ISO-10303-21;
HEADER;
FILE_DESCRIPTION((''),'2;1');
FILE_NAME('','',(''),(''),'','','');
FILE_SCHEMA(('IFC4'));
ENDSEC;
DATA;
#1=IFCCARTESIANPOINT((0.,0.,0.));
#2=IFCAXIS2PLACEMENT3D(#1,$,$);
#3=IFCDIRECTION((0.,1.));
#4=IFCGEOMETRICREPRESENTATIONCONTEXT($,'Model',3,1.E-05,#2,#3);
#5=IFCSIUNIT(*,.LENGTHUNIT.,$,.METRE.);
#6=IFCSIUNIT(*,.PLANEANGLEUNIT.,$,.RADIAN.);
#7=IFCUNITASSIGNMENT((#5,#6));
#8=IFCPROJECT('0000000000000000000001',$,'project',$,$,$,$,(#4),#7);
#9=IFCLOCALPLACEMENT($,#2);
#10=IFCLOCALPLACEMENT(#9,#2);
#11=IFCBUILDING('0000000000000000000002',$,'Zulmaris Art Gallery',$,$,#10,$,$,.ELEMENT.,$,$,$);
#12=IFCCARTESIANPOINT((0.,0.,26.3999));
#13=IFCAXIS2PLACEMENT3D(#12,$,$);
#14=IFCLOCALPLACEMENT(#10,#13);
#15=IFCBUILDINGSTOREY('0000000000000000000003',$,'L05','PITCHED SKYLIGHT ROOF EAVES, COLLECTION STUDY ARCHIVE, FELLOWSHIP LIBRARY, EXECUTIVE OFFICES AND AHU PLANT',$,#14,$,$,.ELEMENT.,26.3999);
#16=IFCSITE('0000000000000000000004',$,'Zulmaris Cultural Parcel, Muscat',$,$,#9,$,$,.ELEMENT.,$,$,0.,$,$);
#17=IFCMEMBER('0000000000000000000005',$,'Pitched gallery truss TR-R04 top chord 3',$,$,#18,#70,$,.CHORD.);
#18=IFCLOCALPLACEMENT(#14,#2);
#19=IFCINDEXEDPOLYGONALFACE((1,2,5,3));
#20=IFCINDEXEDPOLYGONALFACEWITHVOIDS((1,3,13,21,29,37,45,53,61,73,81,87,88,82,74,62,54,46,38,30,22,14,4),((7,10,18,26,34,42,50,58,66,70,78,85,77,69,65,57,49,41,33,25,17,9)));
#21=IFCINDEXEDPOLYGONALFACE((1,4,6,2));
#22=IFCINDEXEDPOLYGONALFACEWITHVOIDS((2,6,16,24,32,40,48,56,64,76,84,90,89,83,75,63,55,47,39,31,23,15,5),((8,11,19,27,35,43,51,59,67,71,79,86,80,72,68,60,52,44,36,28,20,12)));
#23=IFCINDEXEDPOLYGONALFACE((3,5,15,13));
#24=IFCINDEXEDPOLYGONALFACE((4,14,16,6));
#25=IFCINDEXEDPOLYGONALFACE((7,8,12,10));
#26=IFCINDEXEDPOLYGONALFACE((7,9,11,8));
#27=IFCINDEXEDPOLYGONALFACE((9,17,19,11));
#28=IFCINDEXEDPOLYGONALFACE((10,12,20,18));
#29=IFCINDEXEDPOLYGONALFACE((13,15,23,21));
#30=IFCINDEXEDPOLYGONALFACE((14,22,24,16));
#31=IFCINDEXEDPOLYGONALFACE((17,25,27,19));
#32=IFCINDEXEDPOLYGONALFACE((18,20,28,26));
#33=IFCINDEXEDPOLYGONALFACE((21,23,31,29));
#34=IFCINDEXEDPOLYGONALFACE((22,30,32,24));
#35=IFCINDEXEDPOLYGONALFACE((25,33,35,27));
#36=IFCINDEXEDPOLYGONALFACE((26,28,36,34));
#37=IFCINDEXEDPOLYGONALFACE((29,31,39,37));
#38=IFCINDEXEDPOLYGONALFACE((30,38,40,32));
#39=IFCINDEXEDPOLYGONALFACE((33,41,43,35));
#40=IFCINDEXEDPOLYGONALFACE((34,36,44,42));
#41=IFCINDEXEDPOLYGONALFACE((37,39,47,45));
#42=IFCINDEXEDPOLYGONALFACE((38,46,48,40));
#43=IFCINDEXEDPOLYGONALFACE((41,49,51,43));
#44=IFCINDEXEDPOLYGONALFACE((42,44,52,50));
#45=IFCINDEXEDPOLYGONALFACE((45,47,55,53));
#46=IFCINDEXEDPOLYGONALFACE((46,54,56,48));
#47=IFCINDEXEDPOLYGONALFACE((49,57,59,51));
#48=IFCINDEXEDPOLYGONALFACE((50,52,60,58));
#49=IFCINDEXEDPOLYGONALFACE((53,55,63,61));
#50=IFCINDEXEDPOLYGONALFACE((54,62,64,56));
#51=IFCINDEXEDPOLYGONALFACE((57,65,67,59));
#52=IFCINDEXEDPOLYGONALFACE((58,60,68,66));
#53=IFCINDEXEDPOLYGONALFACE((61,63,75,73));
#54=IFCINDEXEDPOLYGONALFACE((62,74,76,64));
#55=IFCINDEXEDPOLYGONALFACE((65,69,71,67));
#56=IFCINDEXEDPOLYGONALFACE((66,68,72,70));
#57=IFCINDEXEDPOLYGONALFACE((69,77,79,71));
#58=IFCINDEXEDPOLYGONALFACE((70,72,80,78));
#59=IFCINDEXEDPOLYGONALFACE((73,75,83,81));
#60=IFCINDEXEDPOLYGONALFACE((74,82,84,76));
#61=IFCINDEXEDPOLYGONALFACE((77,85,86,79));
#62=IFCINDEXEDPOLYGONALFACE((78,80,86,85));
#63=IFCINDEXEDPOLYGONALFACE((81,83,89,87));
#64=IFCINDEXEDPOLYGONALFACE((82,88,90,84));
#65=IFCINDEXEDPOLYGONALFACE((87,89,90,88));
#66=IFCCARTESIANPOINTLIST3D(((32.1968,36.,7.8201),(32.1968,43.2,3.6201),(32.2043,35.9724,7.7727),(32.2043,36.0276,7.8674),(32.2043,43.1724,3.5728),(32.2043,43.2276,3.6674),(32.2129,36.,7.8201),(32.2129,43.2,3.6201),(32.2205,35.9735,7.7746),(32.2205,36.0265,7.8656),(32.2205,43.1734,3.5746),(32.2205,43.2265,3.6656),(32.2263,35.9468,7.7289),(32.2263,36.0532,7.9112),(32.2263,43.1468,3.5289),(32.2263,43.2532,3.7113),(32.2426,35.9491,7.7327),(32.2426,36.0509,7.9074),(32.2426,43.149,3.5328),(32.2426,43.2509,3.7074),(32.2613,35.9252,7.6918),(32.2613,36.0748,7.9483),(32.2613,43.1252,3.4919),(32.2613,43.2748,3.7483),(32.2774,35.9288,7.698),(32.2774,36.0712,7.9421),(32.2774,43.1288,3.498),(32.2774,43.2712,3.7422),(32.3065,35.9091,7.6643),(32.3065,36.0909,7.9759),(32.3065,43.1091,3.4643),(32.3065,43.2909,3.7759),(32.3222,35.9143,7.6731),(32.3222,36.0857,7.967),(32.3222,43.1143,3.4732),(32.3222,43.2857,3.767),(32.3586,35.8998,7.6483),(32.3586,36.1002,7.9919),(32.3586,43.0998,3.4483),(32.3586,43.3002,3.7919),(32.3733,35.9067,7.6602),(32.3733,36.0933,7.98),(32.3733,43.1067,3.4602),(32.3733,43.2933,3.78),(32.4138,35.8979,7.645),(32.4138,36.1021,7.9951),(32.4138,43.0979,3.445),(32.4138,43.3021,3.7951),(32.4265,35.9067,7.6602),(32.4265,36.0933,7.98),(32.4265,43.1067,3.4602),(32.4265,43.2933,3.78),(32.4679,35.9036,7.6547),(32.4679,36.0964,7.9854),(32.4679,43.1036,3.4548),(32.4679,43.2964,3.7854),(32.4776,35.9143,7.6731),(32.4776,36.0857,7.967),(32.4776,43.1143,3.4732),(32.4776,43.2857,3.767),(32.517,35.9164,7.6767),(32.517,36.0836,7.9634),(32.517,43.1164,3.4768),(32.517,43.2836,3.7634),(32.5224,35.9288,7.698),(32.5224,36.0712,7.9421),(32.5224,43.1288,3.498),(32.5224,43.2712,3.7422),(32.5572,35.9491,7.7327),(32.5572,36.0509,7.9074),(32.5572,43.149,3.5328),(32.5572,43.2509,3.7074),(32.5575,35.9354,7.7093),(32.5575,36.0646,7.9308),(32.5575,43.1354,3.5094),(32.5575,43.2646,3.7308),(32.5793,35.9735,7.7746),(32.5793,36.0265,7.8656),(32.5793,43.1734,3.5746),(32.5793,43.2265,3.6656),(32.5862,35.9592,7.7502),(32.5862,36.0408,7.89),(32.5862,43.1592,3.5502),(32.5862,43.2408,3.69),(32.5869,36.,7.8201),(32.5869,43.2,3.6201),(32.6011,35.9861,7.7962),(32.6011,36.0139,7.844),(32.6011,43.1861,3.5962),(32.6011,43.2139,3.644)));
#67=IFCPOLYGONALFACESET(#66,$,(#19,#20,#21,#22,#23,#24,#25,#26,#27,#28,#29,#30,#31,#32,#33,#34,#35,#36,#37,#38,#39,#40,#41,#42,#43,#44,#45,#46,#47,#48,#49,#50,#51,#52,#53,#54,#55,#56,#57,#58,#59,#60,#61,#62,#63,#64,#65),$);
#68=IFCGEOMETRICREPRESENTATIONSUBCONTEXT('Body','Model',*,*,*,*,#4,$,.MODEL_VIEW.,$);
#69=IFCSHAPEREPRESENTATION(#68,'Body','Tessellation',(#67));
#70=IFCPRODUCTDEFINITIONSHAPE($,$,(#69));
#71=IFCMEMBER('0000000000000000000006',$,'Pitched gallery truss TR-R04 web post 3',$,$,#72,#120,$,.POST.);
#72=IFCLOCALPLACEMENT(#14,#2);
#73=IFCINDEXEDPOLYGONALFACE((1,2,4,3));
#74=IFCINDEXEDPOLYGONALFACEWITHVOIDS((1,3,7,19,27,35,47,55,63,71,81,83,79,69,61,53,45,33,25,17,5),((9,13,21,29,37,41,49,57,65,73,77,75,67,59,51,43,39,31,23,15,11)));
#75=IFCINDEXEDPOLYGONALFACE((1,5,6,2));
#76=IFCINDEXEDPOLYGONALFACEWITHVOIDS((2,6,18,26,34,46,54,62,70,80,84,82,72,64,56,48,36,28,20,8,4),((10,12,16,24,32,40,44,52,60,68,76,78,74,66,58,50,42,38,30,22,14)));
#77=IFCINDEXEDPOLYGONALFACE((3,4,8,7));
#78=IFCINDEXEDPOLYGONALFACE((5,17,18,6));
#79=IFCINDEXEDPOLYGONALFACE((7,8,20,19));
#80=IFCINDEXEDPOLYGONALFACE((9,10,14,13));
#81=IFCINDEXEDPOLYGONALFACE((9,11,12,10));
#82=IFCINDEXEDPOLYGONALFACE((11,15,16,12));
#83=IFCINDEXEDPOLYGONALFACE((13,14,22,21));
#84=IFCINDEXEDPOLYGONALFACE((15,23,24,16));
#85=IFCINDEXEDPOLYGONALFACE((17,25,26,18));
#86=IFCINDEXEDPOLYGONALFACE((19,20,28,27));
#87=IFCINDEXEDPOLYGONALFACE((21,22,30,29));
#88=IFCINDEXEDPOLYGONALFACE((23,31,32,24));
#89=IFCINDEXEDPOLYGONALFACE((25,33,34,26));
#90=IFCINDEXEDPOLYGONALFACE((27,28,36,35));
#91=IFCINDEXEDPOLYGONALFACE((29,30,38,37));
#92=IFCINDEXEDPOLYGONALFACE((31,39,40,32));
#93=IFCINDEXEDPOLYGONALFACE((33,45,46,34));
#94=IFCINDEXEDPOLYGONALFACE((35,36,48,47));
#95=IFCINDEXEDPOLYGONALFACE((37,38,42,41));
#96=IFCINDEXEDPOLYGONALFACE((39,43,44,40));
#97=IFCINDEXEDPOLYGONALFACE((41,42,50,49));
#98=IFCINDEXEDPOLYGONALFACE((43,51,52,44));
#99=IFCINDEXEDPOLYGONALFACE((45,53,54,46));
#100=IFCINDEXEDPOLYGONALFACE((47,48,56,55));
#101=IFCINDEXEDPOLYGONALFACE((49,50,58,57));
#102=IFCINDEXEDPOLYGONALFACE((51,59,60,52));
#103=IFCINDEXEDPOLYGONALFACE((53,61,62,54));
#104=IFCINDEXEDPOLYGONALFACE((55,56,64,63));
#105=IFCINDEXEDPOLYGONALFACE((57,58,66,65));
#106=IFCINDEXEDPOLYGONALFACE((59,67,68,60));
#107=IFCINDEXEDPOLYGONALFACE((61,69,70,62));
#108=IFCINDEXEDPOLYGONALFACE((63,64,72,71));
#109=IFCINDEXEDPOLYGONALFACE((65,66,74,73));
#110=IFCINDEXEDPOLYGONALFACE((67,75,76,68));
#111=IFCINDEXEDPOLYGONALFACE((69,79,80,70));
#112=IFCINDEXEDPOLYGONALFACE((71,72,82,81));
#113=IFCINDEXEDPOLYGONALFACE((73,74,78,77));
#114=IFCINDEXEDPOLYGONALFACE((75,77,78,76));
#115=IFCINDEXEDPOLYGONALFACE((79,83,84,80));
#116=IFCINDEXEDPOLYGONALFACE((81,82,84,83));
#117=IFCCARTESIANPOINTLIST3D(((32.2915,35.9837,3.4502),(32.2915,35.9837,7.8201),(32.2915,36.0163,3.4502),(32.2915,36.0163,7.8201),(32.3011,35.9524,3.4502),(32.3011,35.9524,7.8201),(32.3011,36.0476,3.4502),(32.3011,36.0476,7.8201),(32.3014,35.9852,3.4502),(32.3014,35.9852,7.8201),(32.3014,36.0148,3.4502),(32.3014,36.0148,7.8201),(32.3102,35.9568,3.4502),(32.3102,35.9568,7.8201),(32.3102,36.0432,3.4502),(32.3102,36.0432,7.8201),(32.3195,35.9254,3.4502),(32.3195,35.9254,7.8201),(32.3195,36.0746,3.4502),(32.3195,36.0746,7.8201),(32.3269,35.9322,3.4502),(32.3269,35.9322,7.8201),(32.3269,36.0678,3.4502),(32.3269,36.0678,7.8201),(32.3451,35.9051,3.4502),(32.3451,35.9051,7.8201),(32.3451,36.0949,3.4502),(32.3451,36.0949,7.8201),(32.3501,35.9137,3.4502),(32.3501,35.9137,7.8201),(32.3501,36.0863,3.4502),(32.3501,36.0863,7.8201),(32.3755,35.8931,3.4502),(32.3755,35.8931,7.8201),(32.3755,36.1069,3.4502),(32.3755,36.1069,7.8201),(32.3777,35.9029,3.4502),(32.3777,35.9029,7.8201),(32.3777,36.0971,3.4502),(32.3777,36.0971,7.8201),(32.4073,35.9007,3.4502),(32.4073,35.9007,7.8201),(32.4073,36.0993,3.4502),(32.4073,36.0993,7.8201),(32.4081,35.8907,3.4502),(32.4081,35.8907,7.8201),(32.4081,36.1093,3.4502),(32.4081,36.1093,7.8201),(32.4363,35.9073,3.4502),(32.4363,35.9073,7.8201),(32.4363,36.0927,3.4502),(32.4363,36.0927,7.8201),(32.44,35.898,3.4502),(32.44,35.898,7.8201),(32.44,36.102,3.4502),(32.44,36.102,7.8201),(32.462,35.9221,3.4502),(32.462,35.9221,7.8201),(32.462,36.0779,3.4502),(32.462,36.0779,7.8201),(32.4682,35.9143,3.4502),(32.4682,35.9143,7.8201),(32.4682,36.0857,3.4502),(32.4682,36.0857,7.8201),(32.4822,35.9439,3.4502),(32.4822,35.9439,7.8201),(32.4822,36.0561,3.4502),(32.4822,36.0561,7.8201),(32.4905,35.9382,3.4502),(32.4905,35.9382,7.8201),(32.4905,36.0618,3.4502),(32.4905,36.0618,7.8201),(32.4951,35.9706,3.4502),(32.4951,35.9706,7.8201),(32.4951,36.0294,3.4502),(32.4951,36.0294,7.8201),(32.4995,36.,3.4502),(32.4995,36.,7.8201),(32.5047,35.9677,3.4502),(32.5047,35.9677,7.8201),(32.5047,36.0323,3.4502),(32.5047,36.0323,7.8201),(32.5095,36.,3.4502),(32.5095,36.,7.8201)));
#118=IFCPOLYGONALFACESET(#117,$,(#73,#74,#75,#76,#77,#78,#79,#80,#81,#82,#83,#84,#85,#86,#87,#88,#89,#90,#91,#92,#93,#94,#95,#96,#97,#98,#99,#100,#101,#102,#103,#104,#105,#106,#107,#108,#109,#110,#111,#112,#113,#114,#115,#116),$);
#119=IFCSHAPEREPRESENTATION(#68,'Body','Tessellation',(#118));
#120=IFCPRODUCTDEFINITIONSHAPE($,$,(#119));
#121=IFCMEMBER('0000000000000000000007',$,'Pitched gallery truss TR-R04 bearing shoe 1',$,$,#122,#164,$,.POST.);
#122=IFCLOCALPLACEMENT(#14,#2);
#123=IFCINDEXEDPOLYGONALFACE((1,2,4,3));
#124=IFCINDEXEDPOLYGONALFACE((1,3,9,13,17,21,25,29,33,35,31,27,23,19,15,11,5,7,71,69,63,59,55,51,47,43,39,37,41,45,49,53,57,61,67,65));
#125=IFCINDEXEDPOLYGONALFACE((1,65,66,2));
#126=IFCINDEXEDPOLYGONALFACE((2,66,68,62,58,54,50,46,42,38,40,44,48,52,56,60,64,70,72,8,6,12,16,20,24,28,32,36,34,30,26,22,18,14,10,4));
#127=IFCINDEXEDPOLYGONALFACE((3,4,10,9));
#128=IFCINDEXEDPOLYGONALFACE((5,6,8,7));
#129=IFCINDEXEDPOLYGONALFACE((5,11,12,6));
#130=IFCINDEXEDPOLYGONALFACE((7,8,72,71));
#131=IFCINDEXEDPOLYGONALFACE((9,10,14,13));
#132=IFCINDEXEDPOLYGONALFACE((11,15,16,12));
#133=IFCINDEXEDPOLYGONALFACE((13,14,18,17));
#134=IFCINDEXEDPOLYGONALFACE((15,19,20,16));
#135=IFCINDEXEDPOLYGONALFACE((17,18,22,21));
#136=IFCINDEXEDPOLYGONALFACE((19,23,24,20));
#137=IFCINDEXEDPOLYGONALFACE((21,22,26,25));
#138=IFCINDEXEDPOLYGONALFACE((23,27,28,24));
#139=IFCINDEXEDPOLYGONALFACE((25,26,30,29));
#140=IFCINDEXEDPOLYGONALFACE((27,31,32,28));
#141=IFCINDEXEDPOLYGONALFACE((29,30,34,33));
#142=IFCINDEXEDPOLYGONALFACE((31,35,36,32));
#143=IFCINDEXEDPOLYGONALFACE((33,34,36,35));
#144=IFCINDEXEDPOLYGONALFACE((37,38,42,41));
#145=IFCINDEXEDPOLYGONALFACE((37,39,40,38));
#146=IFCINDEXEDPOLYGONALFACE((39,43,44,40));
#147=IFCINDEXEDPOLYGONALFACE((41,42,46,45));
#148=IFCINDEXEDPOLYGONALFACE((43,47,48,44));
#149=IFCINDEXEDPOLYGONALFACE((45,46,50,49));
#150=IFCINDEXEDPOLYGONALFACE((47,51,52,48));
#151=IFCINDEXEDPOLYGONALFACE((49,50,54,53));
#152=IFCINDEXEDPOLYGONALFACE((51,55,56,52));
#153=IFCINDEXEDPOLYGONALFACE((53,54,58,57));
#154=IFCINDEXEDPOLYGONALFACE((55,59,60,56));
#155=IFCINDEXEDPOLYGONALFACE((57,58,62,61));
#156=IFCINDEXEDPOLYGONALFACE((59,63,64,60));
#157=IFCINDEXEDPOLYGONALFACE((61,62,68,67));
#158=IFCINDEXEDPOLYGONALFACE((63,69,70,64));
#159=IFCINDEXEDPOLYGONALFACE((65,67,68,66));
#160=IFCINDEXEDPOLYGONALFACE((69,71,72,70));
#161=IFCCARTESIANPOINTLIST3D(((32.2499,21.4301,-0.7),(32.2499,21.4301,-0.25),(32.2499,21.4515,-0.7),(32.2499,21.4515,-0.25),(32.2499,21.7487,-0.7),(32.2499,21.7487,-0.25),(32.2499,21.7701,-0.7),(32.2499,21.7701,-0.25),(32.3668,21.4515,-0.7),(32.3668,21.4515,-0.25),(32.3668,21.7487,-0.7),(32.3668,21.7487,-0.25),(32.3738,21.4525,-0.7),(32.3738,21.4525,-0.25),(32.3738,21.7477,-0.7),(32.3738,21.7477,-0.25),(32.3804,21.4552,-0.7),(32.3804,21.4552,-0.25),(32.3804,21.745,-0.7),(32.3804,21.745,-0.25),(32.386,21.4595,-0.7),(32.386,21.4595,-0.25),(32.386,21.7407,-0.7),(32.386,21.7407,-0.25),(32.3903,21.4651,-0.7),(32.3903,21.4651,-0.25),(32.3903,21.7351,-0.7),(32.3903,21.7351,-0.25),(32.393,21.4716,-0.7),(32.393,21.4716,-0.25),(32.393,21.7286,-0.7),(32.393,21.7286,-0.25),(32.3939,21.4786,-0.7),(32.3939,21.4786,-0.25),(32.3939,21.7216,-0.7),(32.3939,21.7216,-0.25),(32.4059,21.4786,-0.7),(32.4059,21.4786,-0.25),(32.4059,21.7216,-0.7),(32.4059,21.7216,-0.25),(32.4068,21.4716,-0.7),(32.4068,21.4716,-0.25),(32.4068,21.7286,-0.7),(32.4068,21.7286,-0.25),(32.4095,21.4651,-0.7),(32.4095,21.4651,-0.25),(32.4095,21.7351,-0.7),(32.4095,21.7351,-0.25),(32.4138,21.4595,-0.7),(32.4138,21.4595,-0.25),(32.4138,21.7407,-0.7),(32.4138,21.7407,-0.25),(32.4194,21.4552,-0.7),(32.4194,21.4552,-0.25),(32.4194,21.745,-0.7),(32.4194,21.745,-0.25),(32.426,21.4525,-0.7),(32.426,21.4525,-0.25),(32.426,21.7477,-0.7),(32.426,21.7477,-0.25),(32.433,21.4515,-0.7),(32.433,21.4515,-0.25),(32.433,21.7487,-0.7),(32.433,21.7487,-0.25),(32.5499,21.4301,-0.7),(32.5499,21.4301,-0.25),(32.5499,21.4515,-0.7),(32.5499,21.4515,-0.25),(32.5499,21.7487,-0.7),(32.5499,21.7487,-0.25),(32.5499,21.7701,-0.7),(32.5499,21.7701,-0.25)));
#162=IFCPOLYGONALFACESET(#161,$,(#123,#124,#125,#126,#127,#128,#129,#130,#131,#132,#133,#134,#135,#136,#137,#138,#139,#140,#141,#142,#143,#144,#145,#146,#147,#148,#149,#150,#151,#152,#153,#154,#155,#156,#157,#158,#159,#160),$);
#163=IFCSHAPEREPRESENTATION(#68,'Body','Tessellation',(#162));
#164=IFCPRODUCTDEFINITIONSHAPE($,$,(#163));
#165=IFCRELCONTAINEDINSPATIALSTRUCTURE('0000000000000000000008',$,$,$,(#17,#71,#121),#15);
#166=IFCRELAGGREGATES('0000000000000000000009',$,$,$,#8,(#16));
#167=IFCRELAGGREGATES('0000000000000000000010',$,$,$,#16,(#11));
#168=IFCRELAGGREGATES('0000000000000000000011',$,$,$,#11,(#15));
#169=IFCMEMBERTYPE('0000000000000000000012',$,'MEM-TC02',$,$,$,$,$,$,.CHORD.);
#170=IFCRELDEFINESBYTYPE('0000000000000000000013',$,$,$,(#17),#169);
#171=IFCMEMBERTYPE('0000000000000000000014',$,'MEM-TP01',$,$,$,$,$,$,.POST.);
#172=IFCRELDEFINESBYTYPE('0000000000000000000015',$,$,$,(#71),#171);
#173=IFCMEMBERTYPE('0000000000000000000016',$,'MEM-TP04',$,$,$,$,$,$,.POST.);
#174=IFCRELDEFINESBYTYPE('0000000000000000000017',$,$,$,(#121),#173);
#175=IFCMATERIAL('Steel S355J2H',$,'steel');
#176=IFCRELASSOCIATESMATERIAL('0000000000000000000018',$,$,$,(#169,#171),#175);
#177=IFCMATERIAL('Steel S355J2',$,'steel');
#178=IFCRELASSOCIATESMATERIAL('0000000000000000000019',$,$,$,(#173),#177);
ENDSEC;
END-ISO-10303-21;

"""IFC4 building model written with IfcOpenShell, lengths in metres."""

from ifc_helpers import new_model, si_unit, direction, frame, origin, origin_2d, place, context, subcontext, project, spatial, hollow_circle, i_section, extrude, material, material_profile, profile_set, type_object, element, save


model = new_model("IFC4")

# Units and contexts
model_context = context("Model", 3, precision=1e-05, world=origin(), true_north=direction((0.0, 1.0)))
body_context = subcontext(model_context, "Body", "Model", "MODEL_VIEW")
ifc_project = project(units=[si_unit("LENGTHUNIT", "METRE"), si_unit("PLANEANGLEUNIT", "RADIAN")], contexts=[model_context])

# Site, building, storey
site_placement = place(None, origin())
site = spatial("IfcSite", under=ifc_project, at=site_placement, Name="Zulmaris Cultural Parcel, Muscat", CompositionType="ELEMENT", RefElevation=0.0)
building_placement = place(site_placement, origin())
building = spatial("IfcBuilding", under=site, at=building_placement, Name="Zulmaris Art Gallery", CompositionType="ELEMENT")
storey_placement = place(building_placement, frame((0.0, 0.0, 26.3999)))
storey = spatial("IfcBuildingStorey", under=building, at=storey_placement, Name="L05", Description="PITCHED SKYLIGHT ROOF EAVES, COLLECTION STUDY ARCHIVE, FELLOWSHIP LIBRARY, EXECUTIVE OFFICES AND AHU PLANT", CompositionType="ELEMENT", Elevation=26.3999)

# Members
ifc_material_1 = material(Name="Steel S355J2", Category="steel")
ifc_material_2 = material(Name="Steel S355J2H", Category="steel")
ifc_material_profile_1 = material_profile(ifc_material_2, hollow_circle(Radius=0.2031, WallThickness=0.0161, at=origin_2d()), Name="CHS 406.4x16")
ifc_profile_set_1 = profile_set([ifc_material_profile_1], Name="Steel S355J2H")
member_type_1 = type_object("IfcMemberType", Name="MEM-TC02", PredefinedType="CHORD", material=ifc_profile_set_1)
member_1_placement = place(storey_placement, frame((32.3999, 36.0, 7.8201), z_axis=(0.0, 0.86378, -0.503869), x_axis=(-1.0, 0.0, 0.0)))
element("IfcMember", 1, at=member_1_placement, inside=storey, type_object=member_type_1, Name="Pitched gallery truss TR-R04 top chord 3", PredefinedType="CHORD", context=body_context, shape_type="SweptSolid", body=[
    extrude(hollow_circle(Radius=0.2031, WallThickness=0.0161, at=origin_2d()), origin(), (0.0, 0.0, 1.0), 8.3354),
])
ifc_material_profile_2 = material_profile(ifc_material_2, hollow_circle(Radius=0.1096, WallThickness=0.01, at=origin_2d()), Name="CHS 219.1x10")
ifc_profile_set_2 = profile_set([ifc_material_profile_2], Name="Steel S355J2H")
member_type_2 = type_object("IfcMemberType", Name="MEM-TP01", PredefinedType="POST", material=ifc_profile_set_2)
member_2_placement = place(storey_placement, frame((32.3999, 36.0, 3.4502), z_axis=(0.0, 0.0, 1.0), x_axis=(1.0, 0.0, 0.0)))
element("IfcMember", 2, at=member_2_placement, inside=storey, type_object=member_type_2, Name="Pitched gallery truss TR-R04 web post 3", PredefinedType="POST", context=body_context, shape_type="SweptSolid", body=[
    extrude(hollow_circle(Radius=0.1096, WallThickness=0.01, at=origin_2d()), origin(), (0.0, 0.0, 1.0), 4.3699),
])
ifc_material_profile_3 = material_profile(ifc_material_1, i_section(OverallWidth=0.3, OverallDepth=0.3401, WebThickness=0.012, FlangeThickness=0.0215, FilletRadius=0.0271, at=origin_2d()), Name="HEB 340")
ifc_profile_set_3 = profile_set([ifc_material_profile_3], Name="Steel S355J2")
member_type_3 = type_object("IfcMemberType", Name="MEM-TP04", PredefinedType="POST", material=ifc_profile_set_3)
member_3_placement = place(storey_placement, frame((32.3999, 21.6001, -0.7), z_axis=(0.0, 0.0, 1.0), x_axis=(1.0, 0.0, 0.0)))
element("IfcMember", 3, at=member_3_placement, inside=storey, type_object=member_type_3, Name="Pitched gallery truss TR-R04 bearing shoe 1", PredefinedType="POST", context=body_context, shape_type="SweptSolid", body=[
    extrude(i_section(OverallWidth=0.3, OverallDepth=0.3401, WebThickness=0.012, FlangeThickness=0.0215, FilletRadius=0.0271, at=origin_2d()), origin(), (0.0, 0.0, 1.0), 0.45),
])

save(model, "model.ifc")
